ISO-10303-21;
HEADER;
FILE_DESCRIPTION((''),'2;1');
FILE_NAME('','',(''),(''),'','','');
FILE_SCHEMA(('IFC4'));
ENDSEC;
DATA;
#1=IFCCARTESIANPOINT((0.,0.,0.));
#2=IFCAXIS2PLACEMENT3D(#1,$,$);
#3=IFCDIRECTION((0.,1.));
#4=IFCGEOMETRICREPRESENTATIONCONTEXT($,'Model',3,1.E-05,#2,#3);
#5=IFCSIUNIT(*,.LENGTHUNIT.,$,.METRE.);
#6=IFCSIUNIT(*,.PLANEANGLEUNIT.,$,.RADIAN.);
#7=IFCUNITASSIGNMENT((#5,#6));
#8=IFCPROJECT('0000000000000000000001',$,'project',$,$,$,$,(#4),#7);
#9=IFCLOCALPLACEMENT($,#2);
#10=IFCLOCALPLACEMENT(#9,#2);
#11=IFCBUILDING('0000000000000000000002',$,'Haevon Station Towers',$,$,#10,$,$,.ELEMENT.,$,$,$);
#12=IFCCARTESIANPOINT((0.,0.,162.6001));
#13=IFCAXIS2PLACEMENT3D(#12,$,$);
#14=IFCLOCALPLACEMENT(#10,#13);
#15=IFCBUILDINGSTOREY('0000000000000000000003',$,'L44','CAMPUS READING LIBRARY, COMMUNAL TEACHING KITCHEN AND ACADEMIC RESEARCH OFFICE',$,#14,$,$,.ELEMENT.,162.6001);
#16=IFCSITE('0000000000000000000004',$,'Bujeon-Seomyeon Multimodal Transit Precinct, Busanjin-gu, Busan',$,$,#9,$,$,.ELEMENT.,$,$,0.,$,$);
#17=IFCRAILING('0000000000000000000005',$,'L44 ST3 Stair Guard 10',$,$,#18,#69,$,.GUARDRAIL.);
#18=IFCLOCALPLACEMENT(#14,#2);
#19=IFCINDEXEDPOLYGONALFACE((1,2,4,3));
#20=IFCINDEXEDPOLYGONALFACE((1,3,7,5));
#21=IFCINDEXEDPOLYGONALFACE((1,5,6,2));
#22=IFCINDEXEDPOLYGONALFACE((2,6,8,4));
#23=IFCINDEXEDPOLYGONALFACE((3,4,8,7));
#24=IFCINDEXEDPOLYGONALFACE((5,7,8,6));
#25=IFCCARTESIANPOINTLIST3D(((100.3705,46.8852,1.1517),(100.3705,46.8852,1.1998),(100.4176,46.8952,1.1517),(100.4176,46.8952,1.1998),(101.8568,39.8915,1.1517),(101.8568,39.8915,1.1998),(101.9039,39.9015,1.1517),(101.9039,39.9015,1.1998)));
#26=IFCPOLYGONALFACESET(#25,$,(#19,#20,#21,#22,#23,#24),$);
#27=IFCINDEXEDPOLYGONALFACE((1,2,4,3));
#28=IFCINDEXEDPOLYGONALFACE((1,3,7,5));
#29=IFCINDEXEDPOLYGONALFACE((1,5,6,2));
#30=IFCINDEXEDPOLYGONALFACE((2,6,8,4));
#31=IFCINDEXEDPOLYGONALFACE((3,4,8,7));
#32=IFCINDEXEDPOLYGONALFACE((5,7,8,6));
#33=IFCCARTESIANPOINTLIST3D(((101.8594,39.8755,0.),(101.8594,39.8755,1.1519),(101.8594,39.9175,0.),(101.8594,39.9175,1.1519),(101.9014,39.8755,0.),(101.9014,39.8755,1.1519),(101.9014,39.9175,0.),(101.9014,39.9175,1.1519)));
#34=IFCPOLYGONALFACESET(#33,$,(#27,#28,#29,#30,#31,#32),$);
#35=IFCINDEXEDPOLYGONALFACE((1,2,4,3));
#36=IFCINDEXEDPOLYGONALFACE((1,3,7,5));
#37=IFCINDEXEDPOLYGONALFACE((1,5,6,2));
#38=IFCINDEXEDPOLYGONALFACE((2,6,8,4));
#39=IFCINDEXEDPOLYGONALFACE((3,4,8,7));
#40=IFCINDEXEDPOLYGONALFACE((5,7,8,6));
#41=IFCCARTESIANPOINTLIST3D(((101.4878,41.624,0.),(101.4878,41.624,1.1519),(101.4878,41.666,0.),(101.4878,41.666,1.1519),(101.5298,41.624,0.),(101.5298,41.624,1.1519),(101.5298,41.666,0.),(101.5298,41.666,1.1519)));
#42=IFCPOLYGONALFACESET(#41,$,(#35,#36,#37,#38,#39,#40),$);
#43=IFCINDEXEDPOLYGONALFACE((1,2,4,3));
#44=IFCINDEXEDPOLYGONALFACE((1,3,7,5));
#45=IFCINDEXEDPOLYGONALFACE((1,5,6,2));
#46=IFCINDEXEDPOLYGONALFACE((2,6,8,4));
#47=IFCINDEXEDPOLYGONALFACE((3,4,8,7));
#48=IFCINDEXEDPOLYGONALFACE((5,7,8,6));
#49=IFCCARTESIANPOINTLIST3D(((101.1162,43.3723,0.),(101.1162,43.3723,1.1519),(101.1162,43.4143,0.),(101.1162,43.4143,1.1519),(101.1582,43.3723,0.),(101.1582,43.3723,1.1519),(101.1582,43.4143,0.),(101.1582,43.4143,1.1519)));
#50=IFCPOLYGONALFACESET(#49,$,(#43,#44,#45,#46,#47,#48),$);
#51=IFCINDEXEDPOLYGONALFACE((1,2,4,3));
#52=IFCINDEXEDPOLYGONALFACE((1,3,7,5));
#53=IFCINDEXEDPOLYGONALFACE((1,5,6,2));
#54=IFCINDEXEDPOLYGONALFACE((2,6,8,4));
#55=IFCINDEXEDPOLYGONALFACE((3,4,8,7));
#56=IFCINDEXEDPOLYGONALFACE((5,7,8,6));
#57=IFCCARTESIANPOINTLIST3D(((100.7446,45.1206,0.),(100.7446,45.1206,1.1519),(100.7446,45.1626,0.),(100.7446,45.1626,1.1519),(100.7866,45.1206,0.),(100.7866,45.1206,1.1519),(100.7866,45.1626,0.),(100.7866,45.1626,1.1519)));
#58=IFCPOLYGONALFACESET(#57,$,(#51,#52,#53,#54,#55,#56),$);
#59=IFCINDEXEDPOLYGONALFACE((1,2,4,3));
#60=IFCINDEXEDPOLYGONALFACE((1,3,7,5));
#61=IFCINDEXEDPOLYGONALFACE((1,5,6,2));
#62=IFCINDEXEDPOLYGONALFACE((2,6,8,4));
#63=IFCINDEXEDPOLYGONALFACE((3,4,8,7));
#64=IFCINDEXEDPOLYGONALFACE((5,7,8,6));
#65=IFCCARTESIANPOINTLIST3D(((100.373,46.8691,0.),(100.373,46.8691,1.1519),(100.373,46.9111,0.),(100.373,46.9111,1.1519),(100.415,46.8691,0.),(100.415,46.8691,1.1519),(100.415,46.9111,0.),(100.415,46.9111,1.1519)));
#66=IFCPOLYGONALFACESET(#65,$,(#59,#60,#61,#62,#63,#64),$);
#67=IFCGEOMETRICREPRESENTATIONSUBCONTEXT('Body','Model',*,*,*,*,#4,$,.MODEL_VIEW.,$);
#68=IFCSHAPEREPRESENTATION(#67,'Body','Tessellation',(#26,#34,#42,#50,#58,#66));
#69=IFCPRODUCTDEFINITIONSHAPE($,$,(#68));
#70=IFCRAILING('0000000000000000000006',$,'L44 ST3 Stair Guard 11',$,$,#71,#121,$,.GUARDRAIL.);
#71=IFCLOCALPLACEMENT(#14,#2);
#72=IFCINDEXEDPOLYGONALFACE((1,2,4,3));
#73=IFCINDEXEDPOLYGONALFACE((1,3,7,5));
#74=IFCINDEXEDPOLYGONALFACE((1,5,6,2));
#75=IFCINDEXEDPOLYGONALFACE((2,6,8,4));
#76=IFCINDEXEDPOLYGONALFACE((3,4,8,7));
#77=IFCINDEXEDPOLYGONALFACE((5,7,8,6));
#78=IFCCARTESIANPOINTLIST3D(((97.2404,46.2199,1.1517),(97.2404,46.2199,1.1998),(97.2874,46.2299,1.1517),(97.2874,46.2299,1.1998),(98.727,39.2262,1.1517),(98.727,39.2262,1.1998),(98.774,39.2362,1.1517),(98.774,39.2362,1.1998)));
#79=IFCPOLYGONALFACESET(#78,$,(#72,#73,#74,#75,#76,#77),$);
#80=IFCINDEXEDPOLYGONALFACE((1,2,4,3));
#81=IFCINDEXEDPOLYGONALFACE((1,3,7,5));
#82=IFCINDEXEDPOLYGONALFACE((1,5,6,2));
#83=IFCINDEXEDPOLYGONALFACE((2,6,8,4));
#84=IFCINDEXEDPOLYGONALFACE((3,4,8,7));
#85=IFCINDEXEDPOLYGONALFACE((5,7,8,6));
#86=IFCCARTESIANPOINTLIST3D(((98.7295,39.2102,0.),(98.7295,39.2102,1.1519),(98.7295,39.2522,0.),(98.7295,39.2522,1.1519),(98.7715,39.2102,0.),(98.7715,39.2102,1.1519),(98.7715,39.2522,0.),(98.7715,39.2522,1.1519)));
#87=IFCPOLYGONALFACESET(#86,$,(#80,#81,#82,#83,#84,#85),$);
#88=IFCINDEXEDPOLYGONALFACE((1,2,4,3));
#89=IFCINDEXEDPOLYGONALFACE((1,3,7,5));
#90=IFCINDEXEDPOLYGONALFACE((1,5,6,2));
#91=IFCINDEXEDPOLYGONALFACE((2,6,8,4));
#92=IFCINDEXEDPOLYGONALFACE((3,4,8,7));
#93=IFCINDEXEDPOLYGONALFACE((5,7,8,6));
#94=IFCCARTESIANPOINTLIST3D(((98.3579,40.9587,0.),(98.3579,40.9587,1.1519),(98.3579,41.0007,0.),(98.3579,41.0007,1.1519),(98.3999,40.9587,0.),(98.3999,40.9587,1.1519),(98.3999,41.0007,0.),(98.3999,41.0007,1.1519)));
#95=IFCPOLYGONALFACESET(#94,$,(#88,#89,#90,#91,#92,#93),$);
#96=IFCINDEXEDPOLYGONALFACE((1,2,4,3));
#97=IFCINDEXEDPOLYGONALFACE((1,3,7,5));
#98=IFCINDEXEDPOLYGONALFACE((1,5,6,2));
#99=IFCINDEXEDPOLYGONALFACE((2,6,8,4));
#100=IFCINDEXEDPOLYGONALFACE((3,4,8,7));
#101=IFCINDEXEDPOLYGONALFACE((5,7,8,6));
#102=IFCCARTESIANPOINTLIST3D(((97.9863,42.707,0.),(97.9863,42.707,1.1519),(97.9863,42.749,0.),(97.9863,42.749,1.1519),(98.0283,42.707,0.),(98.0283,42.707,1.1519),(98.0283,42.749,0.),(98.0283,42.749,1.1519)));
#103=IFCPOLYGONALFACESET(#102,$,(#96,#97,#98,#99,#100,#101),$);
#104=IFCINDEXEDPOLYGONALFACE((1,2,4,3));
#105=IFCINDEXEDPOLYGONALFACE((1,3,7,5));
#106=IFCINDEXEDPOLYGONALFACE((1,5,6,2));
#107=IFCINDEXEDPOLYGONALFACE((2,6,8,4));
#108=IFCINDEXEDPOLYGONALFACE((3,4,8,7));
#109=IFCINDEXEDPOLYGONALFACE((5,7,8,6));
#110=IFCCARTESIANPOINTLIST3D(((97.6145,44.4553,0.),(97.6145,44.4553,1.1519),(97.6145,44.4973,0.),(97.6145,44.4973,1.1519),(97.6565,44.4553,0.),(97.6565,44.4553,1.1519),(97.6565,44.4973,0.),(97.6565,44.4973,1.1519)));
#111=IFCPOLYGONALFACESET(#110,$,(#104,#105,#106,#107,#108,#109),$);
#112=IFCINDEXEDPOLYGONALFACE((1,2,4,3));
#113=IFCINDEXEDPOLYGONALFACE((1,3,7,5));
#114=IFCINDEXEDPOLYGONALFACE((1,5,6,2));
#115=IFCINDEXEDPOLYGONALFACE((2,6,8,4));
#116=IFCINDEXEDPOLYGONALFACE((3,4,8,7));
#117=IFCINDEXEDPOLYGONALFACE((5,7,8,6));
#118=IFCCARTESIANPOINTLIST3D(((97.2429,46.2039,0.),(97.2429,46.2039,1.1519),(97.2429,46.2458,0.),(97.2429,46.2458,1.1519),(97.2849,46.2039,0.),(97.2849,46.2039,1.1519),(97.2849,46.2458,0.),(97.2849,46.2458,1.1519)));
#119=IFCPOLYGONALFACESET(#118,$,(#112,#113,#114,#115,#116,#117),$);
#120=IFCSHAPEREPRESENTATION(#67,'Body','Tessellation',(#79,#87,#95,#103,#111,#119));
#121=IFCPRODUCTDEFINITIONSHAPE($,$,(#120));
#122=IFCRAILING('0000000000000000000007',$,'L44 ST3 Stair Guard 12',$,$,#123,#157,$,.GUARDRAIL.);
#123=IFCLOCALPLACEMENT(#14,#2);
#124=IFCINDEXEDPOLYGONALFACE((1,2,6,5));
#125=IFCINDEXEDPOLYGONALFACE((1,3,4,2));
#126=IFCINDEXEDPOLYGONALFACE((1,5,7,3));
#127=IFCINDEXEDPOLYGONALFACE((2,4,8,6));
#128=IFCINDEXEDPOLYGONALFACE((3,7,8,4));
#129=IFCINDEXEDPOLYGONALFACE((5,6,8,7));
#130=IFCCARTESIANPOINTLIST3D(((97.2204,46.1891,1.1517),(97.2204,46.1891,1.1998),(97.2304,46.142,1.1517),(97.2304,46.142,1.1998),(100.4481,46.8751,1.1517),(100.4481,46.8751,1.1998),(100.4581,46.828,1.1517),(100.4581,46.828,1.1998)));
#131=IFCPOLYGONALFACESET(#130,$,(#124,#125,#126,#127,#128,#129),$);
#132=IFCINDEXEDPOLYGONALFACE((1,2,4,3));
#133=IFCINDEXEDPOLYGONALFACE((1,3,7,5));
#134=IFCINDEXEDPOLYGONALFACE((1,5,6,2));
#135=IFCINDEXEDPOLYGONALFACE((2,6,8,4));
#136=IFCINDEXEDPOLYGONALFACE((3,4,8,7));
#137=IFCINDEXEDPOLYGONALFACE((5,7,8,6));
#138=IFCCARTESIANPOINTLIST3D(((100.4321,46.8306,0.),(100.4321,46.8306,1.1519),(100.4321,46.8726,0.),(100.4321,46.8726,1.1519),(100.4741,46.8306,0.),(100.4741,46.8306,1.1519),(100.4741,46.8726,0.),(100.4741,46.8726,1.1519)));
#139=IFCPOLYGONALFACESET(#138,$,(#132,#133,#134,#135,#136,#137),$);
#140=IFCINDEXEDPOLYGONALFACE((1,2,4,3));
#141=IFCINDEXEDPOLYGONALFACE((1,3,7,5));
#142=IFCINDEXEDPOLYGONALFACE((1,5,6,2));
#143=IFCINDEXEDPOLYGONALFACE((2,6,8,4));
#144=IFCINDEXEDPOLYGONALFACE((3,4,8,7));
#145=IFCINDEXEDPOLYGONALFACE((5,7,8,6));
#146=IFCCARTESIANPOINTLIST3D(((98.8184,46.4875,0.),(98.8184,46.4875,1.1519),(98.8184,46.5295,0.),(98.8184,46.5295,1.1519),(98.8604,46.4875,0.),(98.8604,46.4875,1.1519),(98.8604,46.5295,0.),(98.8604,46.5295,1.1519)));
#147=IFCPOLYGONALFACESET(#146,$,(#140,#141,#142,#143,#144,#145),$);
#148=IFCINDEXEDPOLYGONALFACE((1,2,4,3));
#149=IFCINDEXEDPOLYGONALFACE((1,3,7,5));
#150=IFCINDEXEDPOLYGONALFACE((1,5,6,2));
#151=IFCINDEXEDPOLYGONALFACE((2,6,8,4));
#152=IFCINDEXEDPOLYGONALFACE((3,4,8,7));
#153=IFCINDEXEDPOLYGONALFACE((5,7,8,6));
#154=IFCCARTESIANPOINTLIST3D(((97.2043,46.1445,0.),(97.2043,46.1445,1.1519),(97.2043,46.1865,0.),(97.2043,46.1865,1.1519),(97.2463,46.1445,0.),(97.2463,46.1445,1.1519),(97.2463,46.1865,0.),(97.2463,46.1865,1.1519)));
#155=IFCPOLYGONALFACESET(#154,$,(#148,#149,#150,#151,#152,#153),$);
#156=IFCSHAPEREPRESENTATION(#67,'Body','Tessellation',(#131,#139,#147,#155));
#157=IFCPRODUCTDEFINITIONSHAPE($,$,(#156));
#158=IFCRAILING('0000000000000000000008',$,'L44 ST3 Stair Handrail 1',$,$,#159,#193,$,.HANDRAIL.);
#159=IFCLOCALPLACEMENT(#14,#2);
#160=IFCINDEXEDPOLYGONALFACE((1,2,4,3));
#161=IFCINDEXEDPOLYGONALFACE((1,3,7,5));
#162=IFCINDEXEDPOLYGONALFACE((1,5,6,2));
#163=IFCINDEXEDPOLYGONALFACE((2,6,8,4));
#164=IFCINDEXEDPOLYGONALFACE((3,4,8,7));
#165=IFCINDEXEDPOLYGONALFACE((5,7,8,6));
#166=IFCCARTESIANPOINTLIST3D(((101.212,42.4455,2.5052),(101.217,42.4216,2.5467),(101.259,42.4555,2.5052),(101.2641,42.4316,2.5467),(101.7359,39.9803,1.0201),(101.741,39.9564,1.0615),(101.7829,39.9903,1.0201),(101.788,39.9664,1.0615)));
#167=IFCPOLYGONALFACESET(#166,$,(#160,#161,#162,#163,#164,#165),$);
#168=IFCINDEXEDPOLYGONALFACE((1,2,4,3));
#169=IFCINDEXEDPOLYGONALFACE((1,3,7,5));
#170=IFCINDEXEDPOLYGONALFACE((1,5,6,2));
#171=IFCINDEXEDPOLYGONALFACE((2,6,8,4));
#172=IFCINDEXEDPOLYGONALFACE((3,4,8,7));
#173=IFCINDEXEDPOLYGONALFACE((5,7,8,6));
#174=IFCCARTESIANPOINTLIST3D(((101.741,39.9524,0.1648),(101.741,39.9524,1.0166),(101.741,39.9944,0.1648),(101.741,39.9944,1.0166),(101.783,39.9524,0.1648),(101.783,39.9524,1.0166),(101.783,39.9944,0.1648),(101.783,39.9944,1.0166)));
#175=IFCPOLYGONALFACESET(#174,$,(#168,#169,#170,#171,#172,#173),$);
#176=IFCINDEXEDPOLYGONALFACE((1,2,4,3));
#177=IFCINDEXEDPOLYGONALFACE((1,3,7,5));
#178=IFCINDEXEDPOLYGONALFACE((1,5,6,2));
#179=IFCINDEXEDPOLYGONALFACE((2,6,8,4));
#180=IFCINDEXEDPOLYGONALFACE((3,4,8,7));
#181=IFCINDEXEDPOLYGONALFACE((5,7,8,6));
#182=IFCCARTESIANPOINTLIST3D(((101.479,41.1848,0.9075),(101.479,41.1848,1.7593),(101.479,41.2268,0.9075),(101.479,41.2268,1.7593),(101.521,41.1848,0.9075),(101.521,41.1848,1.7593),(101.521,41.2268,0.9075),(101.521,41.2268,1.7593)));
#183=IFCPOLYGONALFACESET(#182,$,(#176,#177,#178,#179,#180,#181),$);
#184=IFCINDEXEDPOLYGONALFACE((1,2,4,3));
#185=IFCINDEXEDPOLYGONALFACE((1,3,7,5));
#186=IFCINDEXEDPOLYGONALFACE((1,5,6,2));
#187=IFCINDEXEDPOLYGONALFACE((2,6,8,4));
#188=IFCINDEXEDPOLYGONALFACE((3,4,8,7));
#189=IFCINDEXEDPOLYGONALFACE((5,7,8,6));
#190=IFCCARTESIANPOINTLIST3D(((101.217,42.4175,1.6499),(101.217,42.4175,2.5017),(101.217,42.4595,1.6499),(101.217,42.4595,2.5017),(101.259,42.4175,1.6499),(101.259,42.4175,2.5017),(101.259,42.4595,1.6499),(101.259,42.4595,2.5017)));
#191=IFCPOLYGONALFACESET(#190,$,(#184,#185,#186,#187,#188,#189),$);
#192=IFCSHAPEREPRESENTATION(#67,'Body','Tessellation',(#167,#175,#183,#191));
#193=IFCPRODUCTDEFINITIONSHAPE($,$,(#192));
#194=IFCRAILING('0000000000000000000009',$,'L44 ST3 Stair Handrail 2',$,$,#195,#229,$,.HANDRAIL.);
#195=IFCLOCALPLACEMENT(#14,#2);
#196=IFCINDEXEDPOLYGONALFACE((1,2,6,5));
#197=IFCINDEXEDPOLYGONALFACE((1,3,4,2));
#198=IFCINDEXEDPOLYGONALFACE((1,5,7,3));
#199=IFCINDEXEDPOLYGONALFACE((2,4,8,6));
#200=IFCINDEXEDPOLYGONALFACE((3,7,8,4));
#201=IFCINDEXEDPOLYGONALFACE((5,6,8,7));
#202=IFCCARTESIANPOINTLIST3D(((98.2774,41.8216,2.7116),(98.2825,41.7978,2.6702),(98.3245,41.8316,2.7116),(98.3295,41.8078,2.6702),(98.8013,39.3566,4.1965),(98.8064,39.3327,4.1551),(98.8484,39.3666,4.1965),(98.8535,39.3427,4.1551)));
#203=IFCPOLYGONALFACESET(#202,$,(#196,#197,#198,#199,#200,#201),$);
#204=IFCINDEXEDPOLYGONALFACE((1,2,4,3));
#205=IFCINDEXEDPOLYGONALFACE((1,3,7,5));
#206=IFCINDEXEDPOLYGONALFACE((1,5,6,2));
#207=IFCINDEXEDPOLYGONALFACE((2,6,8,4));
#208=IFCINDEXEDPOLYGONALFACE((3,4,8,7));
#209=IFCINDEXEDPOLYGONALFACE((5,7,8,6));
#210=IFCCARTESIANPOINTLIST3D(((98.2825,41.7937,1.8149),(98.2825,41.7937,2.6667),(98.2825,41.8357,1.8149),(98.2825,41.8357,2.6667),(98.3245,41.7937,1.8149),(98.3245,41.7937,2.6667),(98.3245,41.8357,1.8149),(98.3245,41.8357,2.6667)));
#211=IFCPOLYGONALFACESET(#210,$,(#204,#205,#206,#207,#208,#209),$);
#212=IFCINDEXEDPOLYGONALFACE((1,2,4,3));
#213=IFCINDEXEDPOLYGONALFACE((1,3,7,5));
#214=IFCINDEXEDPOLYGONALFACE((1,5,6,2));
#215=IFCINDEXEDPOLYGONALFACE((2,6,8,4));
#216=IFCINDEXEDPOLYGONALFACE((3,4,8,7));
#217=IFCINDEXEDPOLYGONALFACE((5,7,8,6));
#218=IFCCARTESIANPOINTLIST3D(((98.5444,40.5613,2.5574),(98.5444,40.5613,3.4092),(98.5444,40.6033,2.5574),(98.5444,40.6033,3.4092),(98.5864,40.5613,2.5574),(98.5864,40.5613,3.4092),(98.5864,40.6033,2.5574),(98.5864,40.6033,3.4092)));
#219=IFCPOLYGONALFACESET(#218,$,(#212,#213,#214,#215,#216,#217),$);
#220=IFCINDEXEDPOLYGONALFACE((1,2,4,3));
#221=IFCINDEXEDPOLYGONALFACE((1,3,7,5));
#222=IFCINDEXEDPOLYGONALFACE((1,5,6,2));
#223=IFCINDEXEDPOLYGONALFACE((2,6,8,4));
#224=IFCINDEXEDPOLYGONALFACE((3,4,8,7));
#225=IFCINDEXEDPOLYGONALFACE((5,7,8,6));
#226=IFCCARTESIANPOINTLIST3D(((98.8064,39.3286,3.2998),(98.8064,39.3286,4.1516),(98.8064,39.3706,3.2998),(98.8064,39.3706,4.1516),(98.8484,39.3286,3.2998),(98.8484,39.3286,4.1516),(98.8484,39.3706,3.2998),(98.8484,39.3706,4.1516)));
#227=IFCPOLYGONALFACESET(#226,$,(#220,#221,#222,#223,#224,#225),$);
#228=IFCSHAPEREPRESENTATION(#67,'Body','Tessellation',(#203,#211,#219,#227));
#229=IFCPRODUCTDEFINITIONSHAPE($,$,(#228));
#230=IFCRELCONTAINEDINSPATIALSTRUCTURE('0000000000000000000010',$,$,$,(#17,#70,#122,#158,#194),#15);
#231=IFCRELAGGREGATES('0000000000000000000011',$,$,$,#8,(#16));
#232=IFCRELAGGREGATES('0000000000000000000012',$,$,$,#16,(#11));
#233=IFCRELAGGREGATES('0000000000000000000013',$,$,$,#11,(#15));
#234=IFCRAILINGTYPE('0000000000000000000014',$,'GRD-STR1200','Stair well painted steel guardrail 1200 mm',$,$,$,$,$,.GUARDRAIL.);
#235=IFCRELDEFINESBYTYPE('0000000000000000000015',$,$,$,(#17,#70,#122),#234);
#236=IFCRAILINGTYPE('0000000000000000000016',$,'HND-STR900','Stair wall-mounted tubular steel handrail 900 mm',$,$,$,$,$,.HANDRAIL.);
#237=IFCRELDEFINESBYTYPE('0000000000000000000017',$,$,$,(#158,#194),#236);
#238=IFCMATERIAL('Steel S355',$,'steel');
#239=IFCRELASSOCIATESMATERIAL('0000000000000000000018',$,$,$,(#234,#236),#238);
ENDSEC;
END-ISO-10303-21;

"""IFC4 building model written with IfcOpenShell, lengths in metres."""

from ifc_helpers import new_model, si_unit, direction, frame, origin, origin_2d, place, context, subcontext, project, spatial, rectangle, extrude, material, type_object, element, save


model = new_model("IFC4")

# Units and contexts
model_context = context("Model", 3, precision=1e-05, world=origin(), true_north=direction((0.0, 1.0)))
body_context = subcontext(model_context, "Body", "Model", "MODEL_VIEW")
ifc_project = project(units=[si_unit("LENGTHUNIT", "METRE"), si_unit("PLANEANGLEUNIT", "RADIAN")], contexts=[model_context])

# Site, building, storey
site_placement = place(None, origin())
site = spatial("IfcSite", under=ifc_project, at=site_placement, Name="Bujeon-Seomyeon Multimodal Transit Precinct, Busanjin-gu, Busan", CompositionType="ELEMENT", RefElevation=0.0)
building_placement = place(site_placement, origin())
building = spatial("IfcBuilding", under=site, at=building_placement, Name="Haevon Station Towers", CompositionType="ELEMENT")
storey_placement = place(building_placement, frame((0.0, 0.0, 162.6001)))
storey = spatial("IfcBuildingStorey", under=building, at=storey_placement, Name="L44", Description="CAMPUS READING LIBRARY, COMMUNAL TEACHING KITCHEN AND ACADEMIC RESEARCH OFFICE", CompositionType="ELEMENT", Elevation=162.6001)

# Shared definitions
ifc_material_1 = material(Name="Steel S355", Category="steel")

# Railings
railing_type_1 = type_object("IfcRailingType", Name="GRD-STR1200", Description="Stair well painted steel guardrail 1200 mm", PredefinedType="GUARDRAIL", material=ifc_material_1)
railing_1_placement = place(storey_placement, frame((101.8804, 39.8965, 0.0)))
element("IfcRailing", 1, at=railing_1_placement, inside=storey, type_object=railing_type_1, Name="L44 ST3 Stair Guard 10", PredefinedType="GUARDRAIL", context=body_context, shape_type="SweptSolid", body=[
    extrude(rectangle(XDim=0.0481, YDim=0.0481, at=origin_2d()), frame((0.0, 0.0, 1.1758), z_axis=(-0.207882, 0.978154, 0.0), x_axis=(-0.978154, -0.207882, 0.0)), (0.0, 0.0, 1.0), 7.1499),
    extrude(rectangle(XDim=0.042, YDim=0.042, at=origin_2d()), origin(), (0.0, 0.0, 1.0), 1.1519),
    extrude(rectangle(XDim=0.042, YDim=0.042, at=origin_2d()), frame((-0.3716, 1.7485, 0.0)), (0.0, 0.0, 1.0), 1.1519),
    extrude(rectangle(XDim=0.042, YDim=0.042, at=origin_2d()), frame((-0.7432, 3.4968, 0.0)), (0.0, 0.0, 1.0), 1.1519),
    extrude(rectangle(XDim=0.042, YDim=0.042, at=origin_2d()), frame((-1.1147, 5.2451, 0.0)), (0.0, 0.0, 1.0), 1.1519),
    extrude(rectangle(XDim=0.042, YDim=0.042, at=origin_2d()), frame((-1.4863, 6.9937, 0.0)), (0.0, 0.0, 1.0), 1.1519),
])
railing_2_placement = place(storey_placement, frame((98.7505, 39.2312, 0.0)))
element("IfcRailing", 2, at=railing_2_placement, inside=storey, type_object=railing_type_1, Name="L44 ST3 Stair Guard 11", PredefinedType="GUARDRAIL", context=body_context, shape_type="SweptSolid", body=[
    extrude(rectangle(XDim=0.0481, YDim=0.0481, at=origin_2d()), frame((0.0, 0.0, 1.1758), z_axis=(-0.207915, 0.978147, 0.0), x_axis=(-0.978147, -0.207915, 0.0)), (0.0, 0.0, 1.0), 7.1499),
    extrude(rectangle(XDim=0.042, YDim=0.042, at=origin_2d()), origin(), (0.0, 0.0, 1.0), 1.1519),
    extrude(rectangle(XDim=0.042, YDim=0.042, at=origin_2d()), frame((-0.3716, 1.7485, 0.0)), (0.0, 0.0, 1.0), 1.1519),
    extrude(rectangle(XDim=0.042, YDim=0.042, at=origin_2d()), frame((-0.7432, 3.4968, 0.0)), (0.0, 0.0, 1.0), 1.1519),
    extrude(rectangle(XDim=0.042, YDim=0.042, at=origin_2d()), frame((-1.115, 5.2451, 0.0)), (0.0, 0.0, 1.0), 1.1519),
    extrude(rectangle(XDim=0.042, YDim=0.042, at=origin_2d()), frame((-1.4866, 6.9937, 0.0)), (0.0, 0.0, 1.0), 1.1519),
])
railing_3_placement = place(storey_placement, frame((100.4531, 46.8516, 0.0)))
element("IfcRailing", 3, at=railing_3_placement, inside=storey, type_object=railing_type_1, Name="L44 ST3 Stair Guard 12", PredefinedType="GUARDRAIL", context=body_context, shape_type="SweptSolid", body=[
    extrude(rectangle(XDim=0.0481, YDim=0.0481, at=origin_2d()), frame((0.0, 0.0, 1.1758), z_axis=(-0.978151, -0.207897, 0.0), x_axis=(0.207897, -0.978151, 0.0)), (0.0, 0.0, 1.0), 3.2998),
    extrude(rectangle(XDim=0.042, YDim=0.042, at=origin_2d()), origin(), (0.0, 0.0, 1.0), 1.1519),
    extrude(rectangle(XDim=0.042, YDim=0.042, at=origin_2d()), frame((-1.6138, -0.343, 0.0)), (0.0, 0.0, 1.0), 1.1519),
    extrude(rectangle(XDim=0.042, YDim=0.042, at=origin_2d()), frame((-3.2278, -0.686, 0.0)), (0.0, 0.0, 1.0), 1.1519),
])
railing_type_2 = type_object("IfcRailingType", Name="HND-STR900", Description="Stair wall-mounted tubular steel handrail 900 mm", PredefinedType="HANDRAIL", material=ifc_material_1)
railing_4_placement = place(storey_placement, frame((101.762, 39.9734, 0.1648)))
element("IfcRailing", 4, at=railing_4_placement, inside=storey, type_object=railing_type_2, Name="L44 ST3 Stair Handrail 1", PredefinedType="HANDRAIL", context=body_context, shape_type="SweptSolid", body=[
    extrude(rectangle(XDim=0.0481, YDim=0.0481, at=origin_2d()), frame((0.0, 0.0, 0.876), z_axis=(-0.179109, 0.842712, 0.507697), x_axis=(-0.978151, -0.207895, 0.0)), (0.0, 0.0, 1.0), 2.9253),
    extrude(rectangle(XDim=0.042, YDim=0.042, at=origin_2d()), origin(), (0.0, 0.0, 1.0), 0.8518),
    extrude(rectangle(XDim=0.042, YDim=0.042, at=origin_2d()), frame((-0.262, 1.2324, 0.7427)), (0.0, 0.0, 1.0), 0.8518),
    extrude(rectangle(XDim=0.042, YDim=0.042, at=origin_2d()), frame((-0.5239, 2.4651, 1.4851)), (0.0, 0.0, 1.0), 0.8518),
])
railing_5_placement = place(storey_placement, frame((98.3035, 41.8147, 1.8149)))
element("IfcRailing", 5, at=railing_5_placement, inside=storey, type_object=railing_type_2, Name="L44 ST3 Stair Handrail 2", PredefinedType="HANDRAIL", context=body_context, shape_type="SweptSolid", body=[
    extrude(rectangle(XDim=0.0481, YDim=0.0481, at=origin_2d()), frame((0.0, 0.0, 0.876), z_axis=(0.179116, -0.842748, 0.507635), x_axis=(0.978151, 0.207895, 0.0)), (0.0, 0.0, 1.0), 2.925),
    extrude(rectangle(XDim=0.042, YDim=0.042, at=origin_2d()), origin(), (0.0, 0.0, 1.0), 0.8518),
    extrude(rectangle(XDim=0.042, YDim=0.042, at=origin_2d()), frame((0.262, -1.2324, 0.7424)), (0.0, 0.0, 1.0), 0.8518),
    extrude(rectangle(XDim=0.042, YDim=0.042, at=origin_2d()), frame((0.5239, -2.4651, 1.4849)), (0.0, 0.0, 1.0), 0.8518),
])

save(model, "model.ifc")
